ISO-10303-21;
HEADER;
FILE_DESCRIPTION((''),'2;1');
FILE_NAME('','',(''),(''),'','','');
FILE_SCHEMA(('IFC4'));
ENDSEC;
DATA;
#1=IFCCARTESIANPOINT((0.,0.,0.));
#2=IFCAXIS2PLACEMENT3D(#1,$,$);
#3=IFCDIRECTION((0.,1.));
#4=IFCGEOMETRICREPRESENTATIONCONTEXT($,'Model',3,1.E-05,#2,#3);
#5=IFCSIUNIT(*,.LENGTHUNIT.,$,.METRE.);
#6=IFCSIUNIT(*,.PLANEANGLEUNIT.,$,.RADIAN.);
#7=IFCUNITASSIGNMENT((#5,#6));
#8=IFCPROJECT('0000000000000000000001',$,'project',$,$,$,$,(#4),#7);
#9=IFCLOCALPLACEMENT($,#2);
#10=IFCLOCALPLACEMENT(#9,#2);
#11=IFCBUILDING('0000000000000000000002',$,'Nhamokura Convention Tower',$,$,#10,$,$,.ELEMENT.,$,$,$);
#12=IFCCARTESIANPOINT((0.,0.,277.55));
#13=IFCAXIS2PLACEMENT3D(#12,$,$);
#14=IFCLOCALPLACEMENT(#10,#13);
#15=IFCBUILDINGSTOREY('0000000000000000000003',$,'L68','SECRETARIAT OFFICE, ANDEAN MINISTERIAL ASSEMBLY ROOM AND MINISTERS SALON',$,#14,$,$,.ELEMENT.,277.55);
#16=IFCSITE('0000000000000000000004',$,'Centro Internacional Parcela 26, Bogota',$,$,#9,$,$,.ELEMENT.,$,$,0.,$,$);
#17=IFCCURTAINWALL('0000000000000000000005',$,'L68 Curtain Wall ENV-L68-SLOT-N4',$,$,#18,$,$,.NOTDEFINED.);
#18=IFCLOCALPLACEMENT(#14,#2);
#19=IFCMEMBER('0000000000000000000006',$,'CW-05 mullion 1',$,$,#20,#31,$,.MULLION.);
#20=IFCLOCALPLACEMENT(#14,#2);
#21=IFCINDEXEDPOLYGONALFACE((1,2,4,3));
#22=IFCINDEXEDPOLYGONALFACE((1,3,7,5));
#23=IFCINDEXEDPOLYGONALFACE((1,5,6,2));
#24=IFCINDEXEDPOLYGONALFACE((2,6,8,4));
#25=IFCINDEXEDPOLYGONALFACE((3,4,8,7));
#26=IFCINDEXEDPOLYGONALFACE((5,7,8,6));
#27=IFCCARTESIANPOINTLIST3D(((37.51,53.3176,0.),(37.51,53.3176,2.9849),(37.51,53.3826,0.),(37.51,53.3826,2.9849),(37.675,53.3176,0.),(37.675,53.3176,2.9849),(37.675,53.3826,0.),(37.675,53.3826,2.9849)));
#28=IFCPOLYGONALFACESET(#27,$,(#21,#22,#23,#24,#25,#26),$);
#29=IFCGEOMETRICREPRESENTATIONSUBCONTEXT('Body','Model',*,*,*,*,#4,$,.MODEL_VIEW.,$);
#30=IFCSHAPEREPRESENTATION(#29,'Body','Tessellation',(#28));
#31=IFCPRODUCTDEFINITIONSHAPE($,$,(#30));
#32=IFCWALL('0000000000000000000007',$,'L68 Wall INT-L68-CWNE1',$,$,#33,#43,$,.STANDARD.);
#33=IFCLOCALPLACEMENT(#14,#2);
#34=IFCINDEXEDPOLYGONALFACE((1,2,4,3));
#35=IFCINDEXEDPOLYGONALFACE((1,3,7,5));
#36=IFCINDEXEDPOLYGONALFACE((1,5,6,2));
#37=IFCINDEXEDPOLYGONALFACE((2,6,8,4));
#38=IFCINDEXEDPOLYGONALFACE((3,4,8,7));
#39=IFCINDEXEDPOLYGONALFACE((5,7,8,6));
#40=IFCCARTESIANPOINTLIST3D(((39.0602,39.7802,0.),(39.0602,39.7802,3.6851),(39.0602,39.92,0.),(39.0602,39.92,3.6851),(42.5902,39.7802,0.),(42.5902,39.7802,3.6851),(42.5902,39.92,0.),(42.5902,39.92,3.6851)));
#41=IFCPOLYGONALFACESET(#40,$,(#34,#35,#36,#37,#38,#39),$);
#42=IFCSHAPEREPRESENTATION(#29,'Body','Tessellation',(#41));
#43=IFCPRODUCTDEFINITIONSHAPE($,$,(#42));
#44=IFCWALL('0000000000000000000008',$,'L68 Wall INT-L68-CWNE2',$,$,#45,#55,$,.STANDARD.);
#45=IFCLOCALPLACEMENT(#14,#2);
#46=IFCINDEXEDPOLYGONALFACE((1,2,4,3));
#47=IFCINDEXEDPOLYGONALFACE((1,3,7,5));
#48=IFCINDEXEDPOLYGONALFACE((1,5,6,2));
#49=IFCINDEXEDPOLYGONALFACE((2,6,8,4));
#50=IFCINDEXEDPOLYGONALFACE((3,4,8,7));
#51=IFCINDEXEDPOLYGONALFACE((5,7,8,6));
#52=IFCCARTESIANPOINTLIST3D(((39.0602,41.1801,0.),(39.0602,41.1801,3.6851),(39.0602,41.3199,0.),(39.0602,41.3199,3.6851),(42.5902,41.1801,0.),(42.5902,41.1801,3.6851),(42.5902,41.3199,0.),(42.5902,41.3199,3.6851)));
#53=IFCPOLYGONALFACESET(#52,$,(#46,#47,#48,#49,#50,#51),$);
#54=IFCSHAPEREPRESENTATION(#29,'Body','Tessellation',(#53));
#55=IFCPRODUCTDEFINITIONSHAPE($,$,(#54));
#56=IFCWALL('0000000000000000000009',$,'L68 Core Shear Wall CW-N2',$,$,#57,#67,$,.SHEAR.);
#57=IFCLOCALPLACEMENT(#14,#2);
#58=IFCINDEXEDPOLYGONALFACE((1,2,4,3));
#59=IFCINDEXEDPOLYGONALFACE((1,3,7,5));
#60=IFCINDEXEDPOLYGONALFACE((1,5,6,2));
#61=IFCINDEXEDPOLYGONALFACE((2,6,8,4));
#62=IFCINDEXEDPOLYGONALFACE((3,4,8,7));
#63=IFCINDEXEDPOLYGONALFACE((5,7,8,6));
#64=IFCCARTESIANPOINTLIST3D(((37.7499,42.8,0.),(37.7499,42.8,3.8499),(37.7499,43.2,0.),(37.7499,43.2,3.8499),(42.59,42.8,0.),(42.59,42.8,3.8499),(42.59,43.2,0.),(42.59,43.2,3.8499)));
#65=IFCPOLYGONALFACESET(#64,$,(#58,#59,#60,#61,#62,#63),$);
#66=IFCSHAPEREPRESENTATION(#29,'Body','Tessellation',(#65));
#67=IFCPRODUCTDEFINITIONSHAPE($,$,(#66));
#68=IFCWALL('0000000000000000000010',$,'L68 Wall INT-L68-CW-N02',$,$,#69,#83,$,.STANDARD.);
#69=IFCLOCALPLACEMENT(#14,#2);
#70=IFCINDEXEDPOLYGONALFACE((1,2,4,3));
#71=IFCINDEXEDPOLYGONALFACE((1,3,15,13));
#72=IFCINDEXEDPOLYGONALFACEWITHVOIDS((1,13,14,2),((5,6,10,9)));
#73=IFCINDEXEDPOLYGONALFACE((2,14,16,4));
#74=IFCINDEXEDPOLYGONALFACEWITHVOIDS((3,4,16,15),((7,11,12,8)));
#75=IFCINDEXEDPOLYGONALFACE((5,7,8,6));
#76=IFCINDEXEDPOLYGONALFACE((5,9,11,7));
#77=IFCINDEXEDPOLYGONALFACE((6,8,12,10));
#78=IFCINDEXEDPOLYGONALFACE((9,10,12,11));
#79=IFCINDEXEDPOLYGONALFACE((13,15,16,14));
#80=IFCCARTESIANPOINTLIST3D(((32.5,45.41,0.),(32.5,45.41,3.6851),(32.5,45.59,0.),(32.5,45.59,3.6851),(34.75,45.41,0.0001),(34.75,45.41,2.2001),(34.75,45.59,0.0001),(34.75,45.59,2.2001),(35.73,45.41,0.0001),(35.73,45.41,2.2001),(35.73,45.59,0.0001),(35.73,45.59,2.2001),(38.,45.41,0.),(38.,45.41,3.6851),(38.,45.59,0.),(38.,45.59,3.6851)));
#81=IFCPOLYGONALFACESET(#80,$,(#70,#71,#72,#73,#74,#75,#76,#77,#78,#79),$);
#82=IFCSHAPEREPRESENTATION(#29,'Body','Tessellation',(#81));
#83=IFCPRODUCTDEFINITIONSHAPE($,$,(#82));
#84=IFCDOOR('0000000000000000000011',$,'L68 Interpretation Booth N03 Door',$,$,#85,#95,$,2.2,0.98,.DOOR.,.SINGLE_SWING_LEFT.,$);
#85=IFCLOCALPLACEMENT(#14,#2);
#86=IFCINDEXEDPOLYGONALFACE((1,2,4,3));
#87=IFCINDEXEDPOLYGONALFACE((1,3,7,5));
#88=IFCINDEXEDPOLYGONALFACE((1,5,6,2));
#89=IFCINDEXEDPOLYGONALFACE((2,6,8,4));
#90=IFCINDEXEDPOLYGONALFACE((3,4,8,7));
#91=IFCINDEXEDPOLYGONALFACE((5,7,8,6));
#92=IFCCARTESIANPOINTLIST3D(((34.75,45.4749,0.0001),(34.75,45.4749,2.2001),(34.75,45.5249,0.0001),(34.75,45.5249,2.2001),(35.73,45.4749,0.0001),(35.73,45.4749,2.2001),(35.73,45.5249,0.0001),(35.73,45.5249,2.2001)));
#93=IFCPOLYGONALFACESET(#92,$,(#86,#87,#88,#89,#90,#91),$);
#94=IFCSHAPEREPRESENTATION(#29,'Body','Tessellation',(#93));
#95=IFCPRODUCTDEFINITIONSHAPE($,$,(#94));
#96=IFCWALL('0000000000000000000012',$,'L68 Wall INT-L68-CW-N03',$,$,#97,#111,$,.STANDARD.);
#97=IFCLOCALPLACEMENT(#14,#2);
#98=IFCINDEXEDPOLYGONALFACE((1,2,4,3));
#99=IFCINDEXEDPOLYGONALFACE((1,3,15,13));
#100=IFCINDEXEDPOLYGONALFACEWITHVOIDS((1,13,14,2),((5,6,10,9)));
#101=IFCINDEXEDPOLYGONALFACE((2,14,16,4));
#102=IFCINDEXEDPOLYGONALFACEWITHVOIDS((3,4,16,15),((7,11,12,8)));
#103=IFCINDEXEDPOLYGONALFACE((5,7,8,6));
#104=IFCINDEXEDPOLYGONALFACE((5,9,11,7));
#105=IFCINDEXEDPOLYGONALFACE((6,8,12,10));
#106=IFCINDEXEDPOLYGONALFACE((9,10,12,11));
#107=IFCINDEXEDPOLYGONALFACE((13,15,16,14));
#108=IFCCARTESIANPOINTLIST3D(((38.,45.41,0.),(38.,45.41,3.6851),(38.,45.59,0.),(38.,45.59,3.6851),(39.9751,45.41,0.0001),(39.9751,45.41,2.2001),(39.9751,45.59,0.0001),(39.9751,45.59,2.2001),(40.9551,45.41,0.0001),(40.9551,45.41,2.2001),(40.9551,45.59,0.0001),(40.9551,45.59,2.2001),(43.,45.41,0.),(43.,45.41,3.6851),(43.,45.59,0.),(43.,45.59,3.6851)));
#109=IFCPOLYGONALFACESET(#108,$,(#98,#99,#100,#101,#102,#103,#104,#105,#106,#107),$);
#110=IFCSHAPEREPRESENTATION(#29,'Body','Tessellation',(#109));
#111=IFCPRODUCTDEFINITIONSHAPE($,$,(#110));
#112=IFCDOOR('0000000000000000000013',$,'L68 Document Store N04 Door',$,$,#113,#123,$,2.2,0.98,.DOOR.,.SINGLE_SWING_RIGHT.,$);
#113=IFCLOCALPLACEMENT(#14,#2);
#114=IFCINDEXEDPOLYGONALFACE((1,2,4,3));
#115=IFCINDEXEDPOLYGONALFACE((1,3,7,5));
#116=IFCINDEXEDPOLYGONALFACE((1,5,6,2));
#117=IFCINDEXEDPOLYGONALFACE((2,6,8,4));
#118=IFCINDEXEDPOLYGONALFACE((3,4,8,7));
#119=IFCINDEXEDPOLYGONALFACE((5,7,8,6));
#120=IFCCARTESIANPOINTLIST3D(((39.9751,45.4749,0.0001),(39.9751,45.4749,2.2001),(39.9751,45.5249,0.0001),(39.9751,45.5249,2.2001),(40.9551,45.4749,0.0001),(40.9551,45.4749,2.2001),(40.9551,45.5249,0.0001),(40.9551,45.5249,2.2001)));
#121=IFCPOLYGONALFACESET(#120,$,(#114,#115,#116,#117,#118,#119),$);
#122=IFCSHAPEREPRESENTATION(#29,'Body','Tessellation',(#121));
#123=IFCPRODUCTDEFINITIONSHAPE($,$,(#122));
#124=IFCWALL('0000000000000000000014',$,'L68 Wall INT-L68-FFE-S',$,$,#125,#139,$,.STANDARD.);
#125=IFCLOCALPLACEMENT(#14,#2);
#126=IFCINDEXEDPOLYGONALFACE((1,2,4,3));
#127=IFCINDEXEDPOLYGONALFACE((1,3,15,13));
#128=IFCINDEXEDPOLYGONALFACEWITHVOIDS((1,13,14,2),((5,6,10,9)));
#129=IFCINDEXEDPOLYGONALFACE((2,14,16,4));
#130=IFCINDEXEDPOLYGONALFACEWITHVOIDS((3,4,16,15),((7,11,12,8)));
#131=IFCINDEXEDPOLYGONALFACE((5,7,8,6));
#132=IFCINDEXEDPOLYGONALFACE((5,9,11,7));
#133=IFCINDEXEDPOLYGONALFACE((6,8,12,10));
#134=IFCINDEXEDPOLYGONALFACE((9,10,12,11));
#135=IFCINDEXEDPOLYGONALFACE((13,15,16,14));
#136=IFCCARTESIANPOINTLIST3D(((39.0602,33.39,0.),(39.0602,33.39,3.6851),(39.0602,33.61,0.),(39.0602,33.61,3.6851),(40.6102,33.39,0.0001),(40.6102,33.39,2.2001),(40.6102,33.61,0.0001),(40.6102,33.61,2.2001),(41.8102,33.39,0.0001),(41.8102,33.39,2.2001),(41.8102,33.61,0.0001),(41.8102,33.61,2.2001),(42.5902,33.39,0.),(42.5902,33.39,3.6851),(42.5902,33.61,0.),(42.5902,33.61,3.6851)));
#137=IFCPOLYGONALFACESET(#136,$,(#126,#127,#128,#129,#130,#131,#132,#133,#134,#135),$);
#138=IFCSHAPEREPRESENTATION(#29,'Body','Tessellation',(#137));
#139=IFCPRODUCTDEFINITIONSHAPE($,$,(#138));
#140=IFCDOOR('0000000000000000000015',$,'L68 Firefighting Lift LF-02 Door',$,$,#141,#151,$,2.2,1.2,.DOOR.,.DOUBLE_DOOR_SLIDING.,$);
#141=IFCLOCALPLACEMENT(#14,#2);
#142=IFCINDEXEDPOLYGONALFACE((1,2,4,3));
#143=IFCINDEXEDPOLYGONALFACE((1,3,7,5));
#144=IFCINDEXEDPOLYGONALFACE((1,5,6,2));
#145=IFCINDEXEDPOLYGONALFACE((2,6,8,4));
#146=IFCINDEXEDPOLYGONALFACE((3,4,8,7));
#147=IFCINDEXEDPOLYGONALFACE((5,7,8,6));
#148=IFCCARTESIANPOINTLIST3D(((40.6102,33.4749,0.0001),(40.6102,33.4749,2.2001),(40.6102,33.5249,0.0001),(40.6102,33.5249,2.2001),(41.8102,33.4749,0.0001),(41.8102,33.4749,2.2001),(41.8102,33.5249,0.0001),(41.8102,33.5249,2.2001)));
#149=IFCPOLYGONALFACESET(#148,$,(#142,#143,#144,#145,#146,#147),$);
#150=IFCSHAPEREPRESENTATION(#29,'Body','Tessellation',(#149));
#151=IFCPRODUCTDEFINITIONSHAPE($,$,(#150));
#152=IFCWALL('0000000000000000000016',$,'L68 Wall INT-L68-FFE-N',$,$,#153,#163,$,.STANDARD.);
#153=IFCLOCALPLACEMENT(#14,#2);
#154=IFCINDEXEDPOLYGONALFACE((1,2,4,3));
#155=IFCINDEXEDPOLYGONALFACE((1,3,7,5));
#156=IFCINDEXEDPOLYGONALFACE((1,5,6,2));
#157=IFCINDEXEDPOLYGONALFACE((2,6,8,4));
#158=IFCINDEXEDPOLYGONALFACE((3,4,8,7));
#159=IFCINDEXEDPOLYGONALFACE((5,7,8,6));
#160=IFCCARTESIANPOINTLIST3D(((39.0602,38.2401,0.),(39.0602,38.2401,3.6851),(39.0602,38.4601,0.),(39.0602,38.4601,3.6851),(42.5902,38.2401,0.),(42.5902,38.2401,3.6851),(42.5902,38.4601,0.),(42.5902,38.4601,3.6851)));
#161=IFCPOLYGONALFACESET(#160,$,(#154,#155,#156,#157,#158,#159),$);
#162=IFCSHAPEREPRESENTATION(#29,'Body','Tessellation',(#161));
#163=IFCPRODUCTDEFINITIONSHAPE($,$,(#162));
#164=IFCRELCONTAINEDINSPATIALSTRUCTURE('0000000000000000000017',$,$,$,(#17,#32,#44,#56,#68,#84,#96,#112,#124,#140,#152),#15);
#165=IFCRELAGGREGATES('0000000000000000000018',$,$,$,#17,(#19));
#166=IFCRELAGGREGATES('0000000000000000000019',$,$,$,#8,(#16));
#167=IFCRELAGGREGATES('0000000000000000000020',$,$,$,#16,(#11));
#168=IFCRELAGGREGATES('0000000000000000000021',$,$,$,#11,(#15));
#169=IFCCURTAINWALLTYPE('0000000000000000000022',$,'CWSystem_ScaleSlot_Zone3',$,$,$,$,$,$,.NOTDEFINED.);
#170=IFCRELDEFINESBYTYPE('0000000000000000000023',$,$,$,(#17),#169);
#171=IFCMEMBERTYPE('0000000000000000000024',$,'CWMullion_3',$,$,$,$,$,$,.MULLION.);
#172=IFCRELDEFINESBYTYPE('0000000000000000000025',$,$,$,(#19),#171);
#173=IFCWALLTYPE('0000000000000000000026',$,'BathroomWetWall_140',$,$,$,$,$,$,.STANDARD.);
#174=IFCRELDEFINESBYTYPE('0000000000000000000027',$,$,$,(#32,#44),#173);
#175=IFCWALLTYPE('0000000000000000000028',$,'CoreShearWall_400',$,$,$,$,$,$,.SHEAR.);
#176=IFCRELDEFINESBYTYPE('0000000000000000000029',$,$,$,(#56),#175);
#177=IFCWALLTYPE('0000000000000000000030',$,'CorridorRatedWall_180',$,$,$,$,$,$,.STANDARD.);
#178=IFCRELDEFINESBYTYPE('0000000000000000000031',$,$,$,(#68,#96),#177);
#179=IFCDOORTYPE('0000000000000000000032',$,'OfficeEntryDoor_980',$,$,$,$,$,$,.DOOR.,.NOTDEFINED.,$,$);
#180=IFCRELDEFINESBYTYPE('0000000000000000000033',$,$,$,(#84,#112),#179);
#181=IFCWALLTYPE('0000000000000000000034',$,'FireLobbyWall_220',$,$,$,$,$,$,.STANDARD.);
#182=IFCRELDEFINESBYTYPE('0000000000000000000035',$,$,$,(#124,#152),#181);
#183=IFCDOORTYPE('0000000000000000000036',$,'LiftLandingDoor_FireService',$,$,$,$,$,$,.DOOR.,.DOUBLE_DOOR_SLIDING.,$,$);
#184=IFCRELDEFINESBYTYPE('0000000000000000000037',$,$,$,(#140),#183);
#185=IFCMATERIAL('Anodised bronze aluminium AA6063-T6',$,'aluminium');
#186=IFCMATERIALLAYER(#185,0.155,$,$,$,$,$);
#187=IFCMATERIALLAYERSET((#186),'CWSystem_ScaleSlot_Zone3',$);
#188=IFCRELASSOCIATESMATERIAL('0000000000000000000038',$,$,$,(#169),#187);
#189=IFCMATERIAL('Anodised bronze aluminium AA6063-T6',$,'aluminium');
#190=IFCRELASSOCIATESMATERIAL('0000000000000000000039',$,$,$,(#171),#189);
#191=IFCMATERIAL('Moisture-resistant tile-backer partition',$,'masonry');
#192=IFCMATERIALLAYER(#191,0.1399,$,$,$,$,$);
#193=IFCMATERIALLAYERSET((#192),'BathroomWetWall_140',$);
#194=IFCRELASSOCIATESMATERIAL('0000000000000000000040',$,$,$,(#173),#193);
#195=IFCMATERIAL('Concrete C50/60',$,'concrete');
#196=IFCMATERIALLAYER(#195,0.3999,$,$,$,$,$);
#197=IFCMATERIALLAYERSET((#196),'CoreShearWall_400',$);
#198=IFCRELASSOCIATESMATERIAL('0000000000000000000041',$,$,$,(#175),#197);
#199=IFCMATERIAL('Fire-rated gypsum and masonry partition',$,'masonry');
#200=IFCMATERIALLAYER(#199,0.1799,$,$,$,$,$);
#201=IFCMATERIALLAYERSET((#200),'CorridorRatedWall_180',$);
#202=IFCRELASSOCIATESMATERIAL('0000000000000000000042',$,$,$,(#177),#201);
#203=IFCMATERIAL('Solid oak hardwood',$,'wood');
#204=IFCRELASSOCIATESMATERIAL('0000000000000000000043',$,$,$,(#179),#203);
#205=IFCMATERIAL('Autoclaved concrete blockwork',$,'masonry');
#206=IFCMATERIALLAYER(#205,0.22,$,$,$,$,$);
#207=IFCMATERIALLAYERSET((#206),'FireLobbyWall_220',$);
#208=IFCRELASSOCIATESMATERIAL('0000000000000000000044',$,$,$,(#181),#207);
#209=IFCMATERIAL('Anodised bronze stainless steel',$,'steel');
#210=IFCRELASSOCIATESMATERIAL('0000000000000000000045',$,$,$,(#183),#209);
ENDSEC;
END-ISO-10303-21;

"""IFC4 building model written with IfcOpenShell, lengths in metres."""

from ifc_helpers import new_model, si_unit, direction, frame, frame_2d, origin, origin_2d, place, context, subcontext, project, spatial, rectangle, extrude, material, layer, layer_set, material_profile, profile_set, type_object, element, fill, aggregate, save


model = new_model("IFC4")

# Units and contexts
model_context = context("Model", 3, precision=1e-05, world=origin(), true_north=direction((0.0, 1.0)))
body_context = subcontext(model_context, "Body", "Model", "MODEL_VIEW")
ifc_project = project(units=[si_unit("LENGTHUNIT", "METRE"), si_unit("PLANEANGLEUNIT", "RADIAN")], contexts=[model_context])

# Site, building, storey
site_placement = place(None, origin())
site = spatial("IfcSite", under=ifc_project, at=site_placement, Name="Centro Internacional Parcela 26, Bogota", CompositionType="ELEMENT", RefElevation=0.0)
building_placement = place(site_placement, origin())
building = spatial("IfcBuilding", under=site, at=building_placement, Name="Nhamokura Convention Tower", CompositionType="ELEMENT")
storey_placement = place(building_placement, frame((0.0, 0.0, 277.55)))
storey = spatial("IfcBuildingStorey", under=building, at=storey_placement, Name="L68", Description="SECRETARIAT OFFICE, ANDEAN MINISTERIAL ASSEMBLY ROOM AND MINISTERS SALON", CompositionType="ELEMENT", Elevation=277.55)

# Curtain wall, member
ifc_material_1 = material(Name="Anodised bronze aluminium AA6063-T6", Category="aluminium")
ifc_layer_1 = layer(ifc_material_1, 0.155)
ifc_layer_set_1 = layer_set([ifc_layer_1], Name="CWSystem_ScaleSlot_Zone3")
curtain_wall_type = type_object("IfcCurtainWallType", Name="CWSystem_ScaleSlot_Zone3", PredefinedType="NOTDEFINED", material=ifc_layer_set_1)
curtain_wall_placement = place(storey_placement, origin())
curtain_wall = element("IfcCurtainWall", 1, at=curtain_wall_placement, inside=storey, type_object=curtain_wall_type, Name="L68 Curtain Wall ENV-L68-SLOT-N4", PredefinedType="NOTDEFINED")
ifc_material_2 = material(Name="Anodised bronze aluminium AA6063-T6", Category="aluminium")
ifc_material_profile = material_profile(ifc_material_2, rectangle(XDim=0.0649, YDim=0.165, at=origin_2d()))
ifc_profile_set = profile_set([ifc_material_profile], Name="Anodised bronze aluminium AA6063-T6")
member_type = type_object("IfcMemberType", Name="CWMullion_3", PredefinedType="MULLION", material=ifc_profile_set)
member_placement = place(storey_placement, frame((37.5925, 53.3501, 0.0), z_axis=(0.0, 0.0, 1.0), x_axis=(0.0, 1.0, 0.0)))
member = element("IfcMember", 2, at=member_placement, type_object=member_type, Name="CW-05 mullion 1", PredefinedType="MULLION", context=body_context, shape_type="SweptSolid", body=[
    extrude(rectangle(XDim=0.0649, YDim=0.165, at=origin_2d()), origin(), (0.0, 0.0, 1.0), 2.9849),
])
aggregate(curtain_wall, [member])

# Walls
ifc_material_3 = material(Name="Moisture-resistant tile-backer partition", Category="masonry")
ifc_layer_2 = layer(ifc_material_3, 0.1399)
ifc_layer_set_2 = layer_set([ifc_layer_2], Name="BathroomWetWall_140")
wall_type_1 = type_object("IfcWallType", Name="BathroomWetWall_140", PredefinedType="STANDARD", material=ifc_layer_set_2)
for number, where, z_axis, x_axis, name in (
    (3, (39.0601, 39.8501, 0.0), (0.0, 0.0, 1.0), (1.0, 0.0, 0.0), "L68 Wall INT-L68-CWNE1"),
    (4, (39.0601, 41.25, 0.0), (0.0, 0.0, 1.0), (1.0, 0.0, 0.0), "L68 Wall INT-L68-CWNE2"),
):
    element("IfcWall", number, at=place(storey_placement, frame(where, z_axis=z_axis, x_axis=x_axis)), inside=storey, type_object=wall_type_1, Name=name, PredefinedType="STANDARD", context=body_context, shape_type="SweptSolid", body=[
        extrude(rectangle(XDim=3.53, YDim=0.1399, at=frame_2d((1.7651, 0.0))), origin(), (0.0, 0.0, 1.0), 3.6851),
    ])
ifc_material_4 = material(Name="Concrete C50/60", Category="concrete")
ifc_layer_3 = layer(ifc_material_4, 0.3999)
ifc_layer_set_3 = layer_set([ifc_layer_3], Name="CoreShearWall_400")
wall_type_2 = type_object("IfcWallType", Name="CoreShearWall_400", PredefinedType="SHEAR", material=ifc_layer_set_3)
wall_1_placement = place(storey_placement, frame((37.75, 43.0, 0.0), z_axis=(0.0, 0.0, 1.0), x_axis=(1.0, 0.0, 0.0)))
element("IfcWall", 5, at=wall_1_placement, inside=storey, type_object=wall_type_2, Name="L68 Core Shear Wall CW-N2", PredefinedType="SHEAR", context=body_context, shape_type="SweptSolid", body=[
    extrude(rectangle(XDim=4.8401, YDim=0.3999, at=frame_2d((2.4199, 0.0))), origin(), (0.0, 0.0, 1.0), 3.8499),
])

# Walls, openings, doors
ifc_material_5 = material(Name="Fire-rated gypsum and masonry partition", Category="masonry")
ifc_layer_4 = layer(ifc_material_5, 0.1799)
ifc_layer_set_4 = layer_set([ifc_layer_4], Name="CorridorRatedWall_180")
wall_type_3 = type_object("IfcWallType", Name="CorridorRatedWall_180", PredefinedType="STANDARD", material=ifc_layer_set_4)
wall_2_placement = place(storey_placement, frame((32.5, 45.5, 0.0), z_axis=(0.0, 0.0, 1.0), x_axis=(1.0, 0.0, 0.0)))
wall_2 = element("IfcWall", 6, at=wall_2_placement, inside=storey, type_object=wall_type_3, Name="L68 Wall INT-L68-CW-N02", PredefinedType="STANDARD", context=body_context, shape_type="SweptSolid", body=[
    extrude(rectangle(XDim=5.5, YDim=0.1799, at=frame_2d((2.75, 0.0))), origin(), (0.0, 0.0, 1.0), 3.6851),
])
opening_1_placement = place(wall_2_placement, frame((2.25, 0.0, 0.0)))
opening_1 = element("IfcOpeningElement", 7, at=opening_1_placement, cuts=wall_2, PredefinedType="OPENING", context=body_context, shape_type="SweptSolid", body=[
    extrude(rectangle(XDim=0.98, YDim=2.2, at=frame_2d((0.49, 1.1001))), frame((0.0, 0.0999, 0.0), z_axis=(0.0, -1.0, 0.0), x_axis=(1.0, 0.0, 0.0)), (0.0, 0.0, 1.0), 0.2),
])
ifc_material_6 = material(Name="Solid oak hardwood", Category="wood")
door_type_1 = type_object("IfcDoorType", Name="OfficeEntryDoor_980", OperationType="NOTDEFINED", PredefinedType="DOOR", material=ifc_material_6)
door_1_placement = place(opening_1_placement, origin())
door_1 = element("IfcDoor", 8, at=door_1_placement, inside=storey, type_object=door_type_1, Name="L68 Interpretation Booth N03 Door", OperationType="SINGLE_SWING_LEFT", OverallHeight=2.2, OverallWidth=0.98, PredefinedType="DOOR", context=body_context, shape_type="SweptSolid", body=[
    extrude(rectangle(XDim=0.98, YDim=2.2, at=frame_2d((0.49, 1.1001))), frame((0.0, 0.0249, 0.0), z_axis=(0.0, -1.0, 0.0), x_axis=(1.0, 0.0, 0.0)), (0.0, 0.0, 1.0), 0.05),
])
fill(opening_1, door_1)
wall_3_placement = place(storey_placement, frame((38.0, 45.5, 0.0), z_axis=(0.0, 0.0, 1.0), x_axis=(1.0, 0.0, 0.0)))
wall_3 = element("IfcWall", 9, at=wall_3_placement, inside=storey, type_object=wall_type_3, Name="L68 Wall INT-L68-CW-N03", PredefinedType="STANDARD", context=body_context, shape_type="SweptSolid", body=[
    extrude(rectangle(XDim=5.0, YDim=0.1799, at=frame_2d((2.5, 0.0))), origin(), (0.0, 0.0, 1.0), 3.6851),
])
opening_2_placement = place(wall_3_placement, frame((1.9751, 0.0, 0.0)))
opening_2 = element("IfcOpeningElement", 10, at=opening_2_placement, cuts=wall_3, PredefinedType="OPENING", context=body_context, shape_type="SweptSolid", body=[
    extrude(rectangle(XDim=0.98, YDim=2.2, at=frame_2d((0.49, 1.1001))), frame((0.0, 0.0999, 0.0), z_axis=(0.0, -1.0, 0.0), x_axis=(1.0, 0.0, 0.0)), (0.0, 0.0, 1.0), 0.2),
])
door_2_placement = place(opening_2_placement, origin())
door_2 = element("IfcDoor", 11, at=door_2_placement, inside=storey, type_object=door_type_1, Name="L68 Document Store N04 Door", OperationType="SINGLE_SWING_RIGHT", OverallHeight=2.2, OverallWidth=0.98, PredefinedType="DOOR", context=body_context, shape_type="SweptSolid", body=[
    extrude(rectangle(XDim=0.98, YDim=2.2, at=frame_2d((0.49, 1.1001))), frame((0.0, 0.0249, 0.0), z_axis=(0.0, -1.0, 0.0), x_axis=(1.0, 0.0, 0.0)), (0.0, 0.0, 1.0), 0.05),
])
fill(opening_2, door_2)
ifc_material_7 = material(Name="Autoclaved concrete blockwork", Category="masonry")
ifc_layer_5 = layer(ifc_material_7, 0.22)
ifc_layer_set_5 = layer_set([ifc_layer_5], Name="FireLobbyWall_220")
wall_type_4 = type_object("IfcWallType", Name="FireLobbyWall_220", PredefinedType="STANDARD", material=ifc_layer_set_5)
wall_4_placement = place(storey_placement, frame((39.0601, 33.5, 0.0), z_axis=(0.0, 0.0, 1.0), x_axis=(1.0, 0.0, 0.0)))
wall_4 = element("IfcWall", 12, at=wall_4_placement, inside=storey, type_object=wall_type_4, Name="L68 Wall INT-L68-FFE-S", PredefinedType="STANDARD", context=body_context, shape_type="SweptSolid", body=[
    extrude(rectangle(XDim=3.53, YDim=0.22, at=frame_2d((1.7651, 0.0))), origin(), (0.0, 0.0, 1.0), 3.6851),
])
opening_3_placement = place(wall_4_placement, frame((1.55, 0.0, 0.0)))
opening_3 = element("IfcOpeningElement", 13, at=opening_3_placement, cuts=wall_4, PredefinedType="OPENING", context=body_context, shape_type="SweptSolid", body=[
    extrude(rectangle(XDim=1.2, YDim=2.2, at=frame_2d((0.6001, 1.1001))), frame((0.0, 0.1199, 0.0), z_axis=(0.0, -1.0, 0.0), x_axis=(1.0, 0.0, 0.0)), (0.0, 0.0, 1.0), 0.24),
])
ifc_material_8 = material(Name="Anodised bronze stainless steel", Category="steel")
door_type_2 = type_object("IfcDoorType", Name="LiftLandingDoor_FireService", OperationType="DOUBLE_DOOR_SLIDING", PredefinedType="DOOR", material=ifc_material_8)
door_3_placement = place(opening_3_placement, origin())
door_3 = element("IfcDoor", 14, at=door_3_placement, inside=storey, type_object=door_type_2, Name="L68 Firefighting Lift LF-02 Door", OperationType="DOUBLE_DOOR_SLIDING", OverallHeight=2.2, OverallWidth=1.2, PredefinedType="DOOR", context=body_context, shape_type="SweptSolid", body=[
    extrude(rectangle(XDim=1.2, YDim=2.2, at=frame_2d((0.6001, 1.1001))), frame((0.0, 0.0249, 0.0), z_axis=(0.0, -1.0, 0.0), x_axis=(1.0, 0.0, 0.0)), (0.0, 0.0, 1.0), 0.05),
])
fill(opening_3, door_3)

# Wall
wall_5_placement = place(storey_placement, frame((39.0601, 38.3501, 0.0), z_axis=(0.0, 0.0, 1.0), x_axis=(1.0, 0.0, 0.0)))
element("IfcWall", 15, at=wall_5_placement, inside=storey, type_object=wall_type_4, Name="L68 Wall INT-L68-FFE-N", PredefinedType="STANDARD", context=body_context, shape_type="SweptSolid", body=[
    extrude(rectangle(XDim=3.53, YDim=0.22, at=frame_2d((1.7651, 0.0))), origin(), (0.0, 0.0, 1.0), 3.6851),
])

save(model, "model.ifc")
